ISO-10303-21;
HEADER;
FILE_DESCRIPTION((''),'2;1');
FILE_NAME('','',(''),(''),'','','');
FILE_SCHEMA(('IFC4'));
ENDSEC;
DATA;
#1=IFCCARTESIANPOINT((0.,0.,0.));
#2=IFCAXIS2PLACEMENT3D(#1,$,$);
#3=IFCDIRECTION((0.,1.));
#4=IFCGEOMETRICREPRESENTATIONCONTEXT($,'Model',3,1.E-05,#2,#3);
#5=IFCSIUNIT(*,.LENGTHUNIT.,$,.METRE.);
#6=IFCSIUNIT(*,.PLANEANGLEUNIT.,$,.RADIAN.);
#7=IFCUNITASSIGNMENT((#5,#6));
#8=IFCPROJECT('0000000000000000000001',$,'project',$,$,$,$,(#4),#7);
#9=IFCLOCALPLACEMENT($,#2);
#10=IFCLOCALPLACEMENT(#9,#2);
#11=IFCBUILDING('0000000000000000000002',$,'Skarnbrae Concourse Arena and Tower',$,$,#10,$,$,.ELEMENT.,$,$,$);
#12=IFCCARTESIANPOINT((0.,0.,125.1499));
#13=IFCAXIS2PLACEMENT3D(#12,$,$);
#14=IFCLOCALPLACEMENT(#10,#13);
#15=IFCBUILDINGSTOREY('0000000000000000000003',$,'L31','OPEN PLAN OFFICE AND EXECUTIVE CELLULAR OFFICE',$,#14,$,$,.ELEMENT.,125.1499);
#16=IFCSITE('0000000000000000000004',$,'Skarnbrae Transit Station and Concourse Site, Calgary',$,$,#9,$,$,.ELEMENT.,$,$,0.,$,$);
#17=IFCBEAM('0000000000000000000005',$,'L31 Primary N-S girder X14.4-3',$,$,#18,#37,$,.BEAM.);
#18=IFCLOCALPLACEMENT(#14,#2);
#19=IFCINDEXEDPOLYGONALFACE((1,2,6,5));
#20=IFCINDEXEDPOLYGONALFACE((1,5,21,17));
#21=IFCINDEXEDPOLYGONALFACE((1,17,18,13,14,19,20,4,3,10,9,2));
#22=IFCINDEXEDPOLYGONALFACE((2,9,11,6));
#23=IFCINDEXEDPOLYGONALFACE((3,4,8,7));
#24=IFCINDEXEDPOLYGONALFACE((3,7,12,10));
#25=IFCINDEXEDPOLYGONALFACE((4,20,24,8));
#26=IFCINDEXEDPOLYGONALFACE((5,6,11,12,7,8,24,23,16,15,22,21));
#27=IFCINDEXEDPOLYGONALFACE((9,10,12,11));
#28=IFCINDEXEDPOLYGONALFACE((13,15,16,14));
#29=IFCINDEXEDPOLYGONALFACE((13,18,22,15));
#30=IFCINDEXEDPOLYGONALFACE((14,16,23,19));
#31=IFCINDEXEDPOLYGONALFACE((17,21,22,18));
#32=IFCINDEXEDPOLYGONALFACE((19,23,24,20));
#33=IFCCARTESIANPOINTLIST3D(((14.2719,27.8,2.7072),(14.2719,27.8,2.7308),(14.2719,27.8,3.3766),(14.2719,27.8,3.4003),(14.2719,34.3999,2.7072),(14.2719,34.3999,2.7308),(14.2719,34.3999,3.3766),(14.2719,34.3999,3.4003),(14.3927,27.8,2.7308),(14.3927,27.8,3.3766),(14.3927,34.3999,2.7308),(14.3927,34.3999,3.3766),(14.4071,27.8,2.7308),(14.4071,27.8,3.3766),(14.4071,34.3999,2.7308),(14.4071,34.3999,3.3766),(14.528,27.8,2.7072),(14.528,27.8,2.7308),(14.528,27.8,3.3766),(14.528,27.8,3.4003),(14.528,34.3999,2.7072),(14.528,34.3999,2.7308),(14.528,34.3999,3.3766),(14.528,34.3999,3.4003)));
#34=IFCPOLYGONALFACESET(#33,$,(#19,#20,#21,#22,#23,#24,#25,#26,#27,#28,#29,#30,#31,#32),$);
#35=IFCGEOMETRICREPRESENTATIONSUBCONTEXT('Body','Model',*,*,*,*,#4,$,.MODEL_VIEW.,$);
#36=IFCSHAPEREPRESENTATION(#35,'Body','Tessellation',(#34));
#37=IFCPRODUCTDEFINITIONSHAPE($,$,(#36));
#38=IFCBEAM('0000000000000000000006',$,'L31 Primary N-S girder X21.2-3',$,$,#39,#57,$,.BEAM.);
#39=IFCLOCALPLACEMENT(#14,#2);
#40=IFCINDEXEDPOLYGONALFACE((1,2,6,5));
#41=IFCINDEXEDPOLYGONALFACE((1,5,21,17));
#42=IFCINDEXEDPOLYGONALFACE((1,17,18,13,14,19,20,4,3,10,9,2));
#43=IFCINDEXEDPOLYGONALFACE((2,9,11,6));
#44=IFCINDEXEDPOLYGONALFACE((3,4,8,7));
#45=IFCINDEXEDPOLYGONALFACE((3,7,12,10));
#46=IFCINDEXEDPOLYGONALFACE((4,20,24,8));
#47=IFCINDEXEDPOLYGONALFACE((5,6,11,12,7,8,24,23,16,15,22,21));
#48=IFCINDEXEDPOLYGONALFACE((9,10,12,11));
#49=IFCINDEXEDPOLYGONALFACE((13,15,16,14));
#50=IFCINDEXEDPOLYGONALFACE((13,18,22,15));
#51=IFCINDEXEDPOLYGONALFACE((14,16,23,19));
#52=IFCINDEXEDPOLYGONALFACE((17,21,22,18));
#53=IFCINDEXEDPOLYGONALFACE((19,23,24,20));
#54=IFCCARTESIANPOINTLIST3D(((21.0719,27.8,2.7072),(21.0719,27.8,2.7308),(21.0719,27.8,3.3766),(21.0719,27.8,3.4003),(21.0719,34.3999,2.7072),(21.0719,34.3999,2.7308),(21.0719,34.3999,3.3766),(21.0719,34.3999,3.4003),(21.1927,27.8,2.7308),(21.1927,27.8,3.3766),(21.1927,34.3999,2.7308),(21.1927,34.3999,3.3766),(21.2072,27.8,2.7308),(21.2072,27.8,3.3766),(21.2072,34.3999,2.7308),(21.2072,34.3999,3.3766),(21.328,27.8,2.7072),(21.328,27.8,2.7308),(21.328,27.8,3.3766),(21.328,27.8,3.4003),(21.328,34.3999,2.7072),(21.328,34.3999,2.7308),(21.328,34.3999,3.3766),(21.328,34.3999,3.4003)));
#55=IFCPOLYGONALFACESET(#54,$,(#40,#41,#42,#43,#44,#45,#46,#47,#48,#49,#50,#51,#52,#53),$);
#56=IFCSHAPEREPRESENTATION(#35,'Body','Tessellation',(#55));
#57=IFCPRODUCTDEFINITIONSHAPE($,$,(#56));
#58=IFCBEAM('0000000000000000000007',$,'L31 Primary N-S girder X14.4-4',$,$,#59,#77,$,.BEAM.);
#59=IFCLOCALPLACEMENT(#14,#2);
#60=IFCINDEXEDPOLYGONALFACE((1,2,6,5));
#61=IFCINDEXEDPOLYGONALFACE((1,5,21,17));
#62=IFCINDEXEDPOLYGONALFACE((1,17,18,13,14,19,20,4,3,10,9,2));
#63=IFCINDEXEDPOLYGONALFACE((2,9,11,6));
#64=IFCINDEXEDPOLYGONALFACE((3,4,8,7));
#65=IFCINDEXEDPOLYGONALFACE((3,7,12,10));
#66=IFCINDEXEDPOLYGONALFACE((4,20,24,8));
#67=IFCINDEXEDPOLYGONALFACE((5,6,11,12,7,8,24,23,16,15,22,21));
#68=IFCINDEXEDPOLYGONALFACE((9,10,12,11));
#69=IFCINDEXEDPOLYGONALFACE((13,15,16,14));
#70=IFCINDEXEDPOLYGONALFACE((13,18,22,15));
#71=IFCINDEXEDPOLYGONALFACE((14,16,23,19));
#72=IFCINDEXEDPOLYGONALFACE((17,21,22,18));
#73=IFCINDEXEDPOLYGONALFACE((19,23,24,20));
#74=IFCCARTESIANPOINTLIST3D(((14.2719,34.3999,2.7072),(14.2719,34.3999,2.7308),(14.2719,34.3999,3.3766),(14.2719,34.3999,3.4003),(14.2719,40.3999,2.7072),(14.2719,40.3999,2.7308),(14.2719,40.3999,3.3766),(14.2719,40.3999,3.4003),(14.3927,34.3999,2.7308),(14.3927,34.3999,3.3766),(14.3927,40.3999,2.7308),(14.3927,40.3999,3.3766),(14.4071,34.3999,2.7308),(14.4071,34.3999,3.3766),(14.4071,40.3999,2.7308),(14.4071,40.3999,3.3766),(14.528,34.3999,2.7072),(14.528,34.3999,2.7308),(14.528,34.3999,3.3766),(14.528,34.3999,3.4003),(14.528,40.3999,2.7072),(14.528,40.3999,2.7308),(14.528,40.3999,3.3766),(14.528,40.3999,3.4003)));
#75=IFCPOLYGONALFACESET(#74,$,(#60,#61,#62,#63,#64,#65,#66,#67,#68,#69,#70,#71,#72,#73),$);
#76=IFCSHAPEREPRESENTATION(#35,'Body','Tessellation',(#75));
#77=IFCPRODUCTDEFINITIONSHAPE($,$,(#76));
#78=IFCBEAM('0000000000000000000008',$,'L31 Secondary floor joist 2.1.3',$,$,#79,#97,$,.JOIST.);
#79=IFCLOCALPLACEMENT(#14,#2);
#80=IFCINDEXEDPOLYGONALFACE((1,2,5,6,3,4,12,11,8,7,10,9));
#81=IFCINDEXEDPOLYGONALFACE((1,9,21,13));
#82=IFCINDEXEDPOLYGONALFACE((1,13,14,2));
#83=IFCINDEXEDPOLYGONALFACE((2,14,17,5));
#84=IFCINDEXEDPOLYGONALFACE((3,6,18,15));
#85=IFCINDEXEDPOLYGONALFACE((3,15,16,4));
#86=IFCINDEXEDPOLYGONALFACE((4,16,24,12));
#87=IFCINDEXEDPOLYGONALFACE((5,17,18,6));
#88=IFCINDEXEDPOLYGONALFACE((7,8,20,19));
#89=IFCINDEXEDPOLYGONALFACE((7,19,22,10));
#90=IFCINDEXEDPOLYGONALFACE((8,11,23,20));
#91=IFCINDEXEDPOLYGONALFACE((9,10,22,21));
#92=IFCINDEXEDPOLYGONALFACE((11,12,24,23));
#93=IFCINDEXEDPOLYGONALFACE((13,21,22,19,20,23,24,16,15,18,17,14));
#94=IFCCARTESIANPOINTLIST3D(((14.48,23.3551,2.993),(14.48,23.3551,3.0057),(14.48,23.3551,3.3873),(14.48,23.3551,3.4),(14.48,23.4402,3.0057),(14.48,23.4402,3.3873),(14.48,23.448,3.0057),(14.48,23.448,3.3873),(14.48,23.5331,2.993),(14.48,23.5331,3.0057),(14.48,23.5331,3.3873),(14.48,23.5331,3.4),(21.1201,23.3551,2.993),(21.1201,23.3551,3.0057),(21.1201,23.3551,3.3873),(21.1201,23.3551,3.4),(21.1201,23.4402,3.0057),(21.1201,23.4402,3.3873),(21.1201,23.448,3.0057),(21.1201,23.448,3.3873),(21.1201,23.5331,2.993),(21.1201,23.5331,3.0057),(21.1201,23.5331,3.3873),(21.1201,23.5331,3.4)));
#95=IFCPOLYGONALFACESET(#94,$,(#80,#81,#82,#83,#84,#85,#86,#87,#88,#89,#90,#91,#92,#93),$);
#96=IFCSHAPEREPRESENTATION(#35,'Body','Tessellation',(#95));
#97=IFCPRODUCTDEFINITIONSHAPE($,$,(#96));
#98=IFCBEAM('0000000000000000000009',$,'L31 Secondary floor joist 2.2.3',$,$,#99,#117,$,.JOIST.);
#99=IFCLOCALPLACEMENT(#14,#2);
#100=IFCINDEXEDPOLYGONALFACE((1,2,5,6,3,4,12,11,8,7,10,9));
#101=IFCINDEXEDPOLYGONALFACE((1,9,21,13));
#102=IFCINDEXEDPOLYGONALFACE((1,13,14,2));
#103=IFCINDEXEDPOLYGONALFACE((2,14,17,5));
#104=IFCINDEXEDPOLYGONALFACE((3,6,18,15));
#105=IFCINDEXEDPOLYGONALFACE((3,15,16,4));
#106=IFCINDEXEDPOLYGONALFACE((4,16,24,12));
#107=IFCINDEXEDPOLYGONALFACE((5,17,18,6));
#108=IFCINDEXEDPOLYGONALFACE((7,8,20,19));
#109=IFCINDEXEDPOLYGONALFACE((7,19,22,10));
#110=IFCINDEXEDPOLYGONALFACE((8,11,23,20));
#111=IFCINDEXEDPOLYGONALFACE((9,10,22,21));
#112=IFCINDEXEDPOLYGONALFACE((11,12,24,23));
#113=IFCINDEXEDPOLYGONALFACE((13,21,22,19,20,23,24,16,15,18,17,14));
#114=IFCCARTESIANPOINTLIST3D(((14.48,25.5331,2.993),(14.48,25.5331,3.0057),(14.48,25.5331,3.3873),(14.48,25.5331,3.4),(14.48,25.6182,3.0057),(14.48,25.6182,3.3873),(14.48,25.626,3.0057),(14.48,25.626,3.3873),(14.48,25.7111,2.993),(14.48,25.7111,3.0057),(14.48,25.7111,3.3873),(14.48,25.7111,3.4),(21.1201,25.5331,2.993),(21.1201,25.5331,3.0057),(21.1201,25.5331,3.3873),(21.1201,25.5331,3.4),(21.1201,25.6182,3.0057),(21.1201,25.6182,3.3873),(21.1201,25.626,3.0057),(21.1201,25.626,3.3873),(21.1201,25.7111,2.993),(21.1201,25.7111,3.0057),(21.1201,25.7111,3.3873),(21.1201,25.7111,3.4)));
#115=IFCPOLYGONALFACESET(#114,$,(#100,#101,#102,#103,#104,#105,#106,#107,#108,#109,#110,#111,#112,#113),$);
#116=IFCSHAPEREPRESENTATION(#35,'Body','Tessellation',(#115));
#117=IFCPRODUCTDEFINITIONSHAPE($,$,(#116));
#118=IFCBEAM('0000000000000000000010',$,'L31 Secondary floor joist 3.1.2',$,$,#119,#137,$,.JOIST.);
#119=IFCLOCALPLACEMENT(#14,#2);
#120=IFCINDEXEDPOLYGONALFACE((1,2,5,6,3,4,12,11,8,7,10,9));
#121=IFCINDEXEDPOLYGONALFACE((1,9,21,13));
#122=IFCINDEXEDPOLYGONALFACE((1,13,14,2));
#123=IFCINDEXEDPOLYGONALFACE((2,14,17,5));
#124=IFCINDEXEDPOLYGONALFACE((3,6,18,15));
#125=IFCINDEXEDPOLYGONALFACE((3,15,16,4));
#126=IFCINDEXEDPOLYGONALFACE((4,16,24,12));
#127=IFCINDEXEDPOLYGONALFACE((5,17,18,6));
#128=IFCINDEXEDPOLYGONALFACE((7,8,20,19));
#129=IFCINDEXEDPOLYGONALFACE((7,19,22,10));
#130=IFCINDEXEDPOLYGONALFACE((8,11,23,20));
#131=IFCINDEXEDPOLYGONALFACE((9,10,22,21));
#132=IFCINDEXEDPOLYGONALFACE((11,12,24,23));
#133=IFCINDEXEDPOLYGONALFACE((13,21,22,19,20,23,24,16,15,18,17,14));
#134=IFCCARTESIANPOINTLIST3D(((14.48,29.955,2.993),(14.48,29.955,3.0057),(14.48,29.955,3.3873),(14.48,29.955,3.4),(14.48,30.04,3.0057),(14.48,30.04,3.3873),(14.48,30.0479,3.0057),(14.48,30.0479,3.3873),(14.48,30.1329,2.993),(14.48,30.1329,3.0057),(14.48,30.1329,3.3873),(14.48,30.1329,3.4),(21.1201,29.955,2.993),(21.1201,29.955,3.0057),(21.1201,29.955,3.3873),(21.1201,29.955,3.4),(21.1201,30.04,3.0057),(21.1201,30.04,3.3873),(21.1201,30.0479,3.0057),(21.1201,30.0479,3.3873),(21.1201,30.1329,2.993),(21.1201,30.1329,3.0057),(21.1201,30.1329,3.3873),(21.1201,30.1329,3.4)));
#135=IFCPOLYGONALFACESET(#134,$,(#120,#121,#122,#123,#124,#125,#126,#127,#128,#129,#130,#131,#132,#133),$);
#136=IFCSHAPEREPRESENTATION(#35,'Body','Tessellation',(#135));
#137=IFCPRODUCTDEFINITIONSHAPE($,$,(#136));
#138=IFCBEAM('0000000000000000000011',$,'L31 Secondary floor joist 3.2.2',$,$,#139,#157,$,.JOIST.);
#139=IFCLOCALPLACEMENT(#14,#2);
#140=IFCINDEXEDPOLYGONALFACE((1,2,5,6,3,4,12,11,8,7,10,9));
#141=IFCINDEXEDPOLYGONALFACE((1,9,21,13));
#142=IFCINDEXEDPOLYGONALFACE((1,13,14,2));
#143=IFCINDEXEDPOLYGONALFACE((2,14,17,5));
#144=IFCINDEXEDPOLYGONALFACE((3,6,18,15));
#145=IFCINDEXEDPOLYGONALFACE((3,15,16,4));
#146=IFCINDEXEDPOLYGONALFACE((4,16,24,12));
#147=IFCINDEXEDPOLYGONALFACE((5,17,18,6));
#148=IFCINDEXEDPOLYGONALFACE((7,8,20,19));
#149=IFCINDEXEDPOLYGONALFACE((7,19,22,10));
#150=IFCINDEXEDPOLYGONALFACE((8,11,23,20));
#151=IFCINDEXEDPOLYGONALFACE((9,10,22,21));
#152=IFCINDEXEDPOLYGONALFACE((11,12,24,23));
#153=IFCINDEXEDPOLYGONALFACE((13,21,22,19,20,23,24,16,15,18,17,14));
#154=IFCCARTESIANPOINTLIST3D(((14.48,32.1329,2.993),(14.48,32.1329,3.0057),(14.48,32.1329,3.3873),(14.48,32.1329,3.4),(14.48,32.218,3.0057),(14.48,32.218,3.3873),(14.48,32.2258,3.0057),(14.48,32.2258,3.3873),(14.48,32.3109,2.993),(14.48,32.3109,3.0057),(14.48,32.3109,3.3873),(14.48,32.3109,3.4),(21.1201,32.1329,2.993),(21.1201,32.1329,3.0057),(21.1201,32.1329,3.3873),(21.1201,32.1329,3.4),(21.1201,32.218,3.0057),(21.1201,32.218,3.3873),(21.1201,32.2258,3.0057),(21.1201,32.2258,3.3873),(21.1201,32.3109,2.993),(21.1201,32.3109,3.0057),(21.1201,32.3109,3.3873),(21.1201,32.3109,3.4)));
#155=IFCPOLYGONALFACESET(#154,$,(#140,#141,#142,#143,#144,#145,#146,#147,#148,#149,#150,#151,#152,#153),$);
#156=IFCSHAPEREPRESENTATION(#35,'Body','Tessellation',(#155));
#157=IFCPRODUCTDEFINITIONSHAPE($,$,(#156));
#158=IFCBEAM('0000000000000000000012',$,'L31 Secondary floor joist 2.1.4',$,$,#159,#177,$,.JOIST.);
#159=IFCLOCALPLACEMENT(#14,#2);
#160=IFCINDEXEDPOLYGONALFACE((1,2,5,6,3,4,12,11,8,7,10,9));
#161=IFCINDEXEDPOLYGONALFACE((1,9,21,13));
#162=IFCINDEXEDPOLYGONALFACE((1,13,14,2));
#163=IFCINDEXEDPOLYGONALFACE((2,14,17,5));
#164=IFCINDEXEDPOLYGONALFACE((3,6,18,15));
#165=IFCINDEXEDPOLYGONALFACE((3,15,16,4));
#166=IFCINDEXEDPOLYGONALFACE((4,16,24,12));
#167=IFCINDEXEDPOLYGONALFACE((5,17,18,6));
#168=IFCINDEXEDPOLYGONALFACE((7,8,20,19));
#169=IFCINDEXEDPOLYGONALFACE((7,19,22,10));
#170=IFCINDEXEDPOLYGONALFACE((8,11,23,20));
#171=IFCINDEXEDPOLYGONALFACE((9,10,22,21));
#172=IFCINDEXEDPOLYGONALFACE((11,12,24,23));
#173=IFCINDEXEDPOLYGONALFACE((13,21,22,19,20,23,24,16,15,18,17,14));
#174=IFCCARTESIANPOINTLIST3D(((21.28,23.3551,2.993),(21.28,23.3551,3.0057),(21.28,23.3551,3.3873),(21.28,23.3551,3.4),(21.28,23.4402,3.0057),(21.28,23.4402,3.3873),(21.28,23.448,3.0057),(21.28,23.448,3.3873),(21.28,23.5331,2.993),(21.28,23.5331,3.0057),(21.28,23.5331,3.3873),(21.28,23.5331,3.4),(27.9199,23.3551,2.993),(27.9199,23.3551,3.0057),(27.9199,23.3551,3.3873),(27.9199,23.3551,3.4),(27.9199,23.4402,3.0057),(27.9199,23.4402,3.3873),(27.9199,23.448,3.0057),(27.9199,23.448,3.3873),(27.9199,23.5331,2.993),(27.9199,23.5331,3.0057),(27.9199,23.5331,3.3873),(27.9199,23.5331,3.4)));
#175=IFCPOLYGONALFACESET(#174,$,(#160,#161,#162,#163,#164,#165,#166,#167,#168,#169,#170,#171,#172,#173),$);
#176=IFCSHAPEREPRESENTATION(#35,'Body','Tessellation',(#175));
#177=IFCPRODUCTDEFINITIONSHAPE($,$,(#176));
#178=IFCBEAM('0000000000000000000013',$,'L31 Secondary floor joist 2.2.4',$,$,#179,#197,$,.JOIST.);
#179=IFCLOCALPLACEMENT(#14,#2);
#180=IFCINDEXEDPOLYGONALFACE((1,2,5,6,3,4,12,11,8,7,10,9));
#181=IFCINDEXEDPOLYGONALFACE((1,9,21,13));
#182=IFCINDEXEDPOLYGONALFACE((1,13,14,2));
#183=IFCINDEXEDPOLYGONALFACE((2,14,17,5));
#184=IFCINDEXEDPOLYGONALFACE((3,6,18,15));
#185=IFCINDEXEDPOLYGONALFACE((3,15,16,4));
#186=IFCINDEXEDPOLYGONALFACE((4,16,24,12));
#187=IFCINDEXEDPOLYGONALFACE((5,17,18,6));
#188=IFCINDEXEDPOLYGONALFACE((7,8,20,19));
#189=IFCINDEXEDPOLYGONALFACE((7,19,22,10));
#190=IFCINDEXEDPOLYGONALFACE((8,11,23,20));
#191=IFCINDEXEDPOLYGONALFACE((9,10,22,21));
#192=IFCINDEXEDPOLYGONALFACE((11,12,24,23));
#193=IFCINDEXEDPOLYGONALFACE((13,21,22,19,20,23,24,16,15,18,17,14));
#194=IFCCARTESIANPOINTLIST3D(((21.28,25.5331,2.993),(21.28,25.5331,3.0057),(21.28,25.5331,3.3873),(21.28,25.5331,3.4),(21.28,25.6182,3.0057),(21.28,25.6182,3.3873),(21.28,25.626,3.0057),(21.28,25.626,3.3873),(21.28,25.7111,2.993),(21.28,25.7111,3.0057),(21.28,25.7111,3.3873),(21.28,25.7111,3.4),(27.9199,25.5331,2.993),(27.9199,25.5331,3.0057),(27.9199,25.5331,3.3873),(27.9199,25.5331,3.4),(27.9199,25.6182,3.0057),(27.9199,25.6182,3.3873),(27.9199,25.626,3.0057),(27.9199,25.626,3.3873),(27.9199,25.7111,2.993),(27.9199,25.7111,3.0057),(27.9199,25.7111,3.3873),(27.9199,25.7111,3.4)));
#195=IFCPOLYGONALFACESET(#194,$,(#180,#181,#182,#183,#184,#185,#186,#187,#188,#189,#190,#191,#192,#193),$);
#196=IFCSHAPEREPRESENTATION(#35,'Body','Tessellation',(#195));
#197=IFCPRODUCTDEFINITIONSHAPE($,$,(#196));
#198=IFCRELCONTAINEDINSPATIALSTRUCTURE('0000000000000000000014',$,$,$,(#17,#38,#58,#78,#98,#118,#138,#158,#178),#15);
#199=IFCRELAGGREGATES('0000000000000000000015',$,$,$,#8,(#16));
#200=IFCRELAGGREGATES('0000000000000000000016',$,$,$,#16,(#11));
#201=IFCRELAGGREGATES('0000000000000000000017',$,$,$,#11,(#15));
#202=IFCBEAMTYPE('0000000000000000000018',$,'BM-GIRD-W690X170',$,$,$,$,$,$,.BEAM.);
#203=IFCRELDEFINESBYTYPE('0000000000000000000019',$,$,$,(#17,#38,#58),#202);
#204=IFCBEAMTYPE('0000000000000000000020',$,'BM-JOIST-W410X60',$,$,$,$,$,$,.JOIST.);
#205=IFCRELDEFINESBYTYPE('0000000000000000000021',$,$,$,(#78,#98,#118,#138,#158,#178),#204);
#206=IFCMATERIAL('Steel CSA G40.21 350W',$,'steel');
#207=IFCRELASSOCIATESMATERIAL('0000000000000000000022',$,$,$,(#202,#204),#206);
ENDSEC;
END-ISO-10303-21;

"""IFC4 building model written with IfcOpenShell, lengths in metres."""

from ifc_helpers import new_model, si_unit, direction, frame, origin, origin_2d, place, context, subcontext, project, spatial, i_section, extrude, source, transform, mapped, material, material_profile, profile_set, type_object, element, save


model = new_model("IFC4")

# Units and contexts
model_context = context("Model", 3, precision=1e-05, world=origin(), true_north=direction((0.0, 1.0)))
body_context = subcontext(model_context, "Body", "Model", "MODEL_VIEW")
ifc_project = project(units=[si_unit("LENGTHUNIT", "METRE"), si_unit("PLANEANGLEUNIT", "RADIAN")], contexts=[model_context])

# Site, building, storey
site_placement = place(None, origin())
site = spatial("IfcSite", under=ifc_project, at=site_placement, Name="Skarnbrae Transit Station and Concourse Site, Calgary", CompositionType="ELEMENT", RefElevation=0.0)
building_placement = place(site_placement, origin())
building = spatial("IfcBuilding", under=site, at=building_placement, Name="Skarnbrae Concourse Arena and Tower", CompositionType="ELEMENT")
storey_placement = place(building_placement, frame((0.0, 0.0, 125.1499)))
storey = spatial("IfcBuildingStorey", under=building, at=storey_placement, Name="L31", Description="OPEN PLAN OFFICE AND EXECUTIVE CELLULAR OFFICE", CompositionType="ELEMENT", Elevation=125.1499)

# Shared definitions
ifc_material_1 = material(Name="Steel CSA G40.21 350W", Category="steel")

# Beams
ifc_material_profile_1 = material_profile(ifc_material_1, i_section(OverallWidth=0.2561, OverallDepth=0.6931, WebThickness=0.0144, FlangeThickness=0.0237, at=origin_2d()), Name="W690X170")
ifc_profile_set_1 = profile_set([ifc_material_profile_1], Name="Steel CSA G40.21 350W")
beam_type_1 = type_object("IfcBeamType", Name="BM-GIRD-W690X170", PredefinedType="BEAM", material=ifc_profile_set_1)
shared_shape_1 = source(origin(), body_context, "Body", "SweptSolid", [
    extrude(i_section(OverallWidth=0.2561, OverallDepth=0.6931, WebThickness=0.0144, FlangeThickness=0.0237, at=origin_2d()), origin(), (0.0, 0.0, 1.0), 6.5999),
])
for number, where, z_axis, x_axis, name in (
    (1, (14.3999, 27.8, 3.0537), (0.0, 1.0, 0.0), (-1.0, 0.0, 0.0), "L31 Primary N-S girder X14.4-3"),
    (2, (21.2, 27.8, 3.0537), (0.0, 1.0, 0.0), (-1.0, 0.0, 0.0), "L31 Primary N-S girder X21.2-3"),
):
    element("IfcBeam", number, at=place(storey_placement, frame(where, z_axis=z_axis, x_axis=x_axis)), inside=storey, type_object=beam_type_1, Name=name, PredefinedType="BEAM", context=body_context, shape_type="MappedRepresentation", body=[
        mapped(shared_shape_1, transform((0.0, 0.0, 0.0))),
    ])
shared_shape_2 = source(origin(), body_context, "Body", "SweptSolid", [
    extrude(i_section(OverallWidth=0.2561, OverallDepth=0.6931, WebThickness=0.0144, FlangeThickness=0.0237, at=origin_2d()), origin(), (0.0, 0.0, 1.0), 6.0),
])
beam_1_placement = place(storey_placement, frame((14.3999, 34.3999, 3.0537), z_axis=(0.0, 1.0, 0.0), x_axis=(-1.0, 0.0, 0.0)))
element("IfcBeam", 3, at=beam_1_placement, inside=storey, type_object=beam_type_1, Name="L31 Primary N-S girder X14.4-4", PredefinedType="BEAM", context=body_context, shape_type="MappedRepresentation", body=[
    mapped(shared_shape_2, transform((0.0, 0.0, 0.0))),
])
ifc_material_profile_2 = material_profile(ifc_material_1, i_section(OverallWidth=0.178, OverallDepth=0.407, WebThickness=0.0078, FlangeThickness=0.0127, at=origin_2d()), Name="W410X60")
ifc_profile_set_2 = profile_set([ifc_material_profile_2], Name="Steel CSA G40.21 350W")
beam_type_2 = type_object("IfcBeamType", Name="BM-JOIST-W410X60", PredefinedType="JOIST", material=ifc_profile_set_2)
shared_shape_3 = source(origin(), body_context, "Body", "SweptSolid", [
    extrude(i_section(OverallWidth=0.178, OverallDepth=0.407, WebThickness=0.0078, FlangeThickness=0.0127, at=origin_2d()), origin(), (0.0, 0.0, 1.0), 6.6401),
])
for number, where, z_axis, x_axis, name in (
    (4, (14.48, 23.4441, 3.1965), (1.0, 0.0, 0.0), (0.0, 1.0, 0.0), "L31 Secondary floor joist 2.1.3"),
    (5, (14.48, 25.6221, 3.1965), (1.0, 0.0, 0.0), (0.0, 1.0, 0.0), "L31 Secondary floor joist 2.2.3"),
    (6, (14.48, 30.0439, 3.1965), (1.0, 0.0, 0.0), (0.0, 1.0, 0.0), "L31 Secondary floor joist 3.1.2"),
    (7, (14.48, 32.2219, 3.1965), (1.0, 0.0, 0.0), (0.0, 1.0, 0.0), "L31 Secondary floor joist 3.2.2"),
):
    element("IfcBeam", number, at=place(storey_placement, frame(where, z_axis=z_axis, x_axis=x_axis)), inside=storey, type_object=beam_type_2, Name=name, PredefinedType="JOIST", context=body_context, shape_type="MappedRepresentation", body=[
        mapped(shared_shape_3, transform((0.0, 0.0, 0.0))),
    ])
shared_shape_4 = source(origin(), body_context, "Body", "SweptSolid", [
    extrude(i_section(OverallWidth=0.178, OverallDepth=0.407, WebThickness=0.0078, FlangeThickness=0.0127, at=origin_2d()), origin(), (0.0, 0.0, 1.0), 6.6399),
])
for number, where, z_axis, x_axis, name in (
    (8, (21.28, 23.4441, 3.1965), (1.0, 0.0, 0.0), (0.0, 1.0, 0.0), "L31 Secondary floor joist 2.1.4"),
    (9, (21.28, 25.6221, 3.1965), (1.0, 0.0, 0.0), (0.0, 1.0, 0.0), "L31 Secondary floor joist 2.2.4"),
):
    element("IfcBeam", number, at=place(storey_placement, frame(where, z_axis=z_axis, x_axis=x_axis)), inside=storey, type_object=beam_type_2, Name=name, PredefinedType="JOIST", context=body_context, shape_type="MappedRepresentation", body=[
        mapped(shared_shape_4, transform((0.0, 0.0, 0.0))),
    ])

save(model, "model.ifc")
